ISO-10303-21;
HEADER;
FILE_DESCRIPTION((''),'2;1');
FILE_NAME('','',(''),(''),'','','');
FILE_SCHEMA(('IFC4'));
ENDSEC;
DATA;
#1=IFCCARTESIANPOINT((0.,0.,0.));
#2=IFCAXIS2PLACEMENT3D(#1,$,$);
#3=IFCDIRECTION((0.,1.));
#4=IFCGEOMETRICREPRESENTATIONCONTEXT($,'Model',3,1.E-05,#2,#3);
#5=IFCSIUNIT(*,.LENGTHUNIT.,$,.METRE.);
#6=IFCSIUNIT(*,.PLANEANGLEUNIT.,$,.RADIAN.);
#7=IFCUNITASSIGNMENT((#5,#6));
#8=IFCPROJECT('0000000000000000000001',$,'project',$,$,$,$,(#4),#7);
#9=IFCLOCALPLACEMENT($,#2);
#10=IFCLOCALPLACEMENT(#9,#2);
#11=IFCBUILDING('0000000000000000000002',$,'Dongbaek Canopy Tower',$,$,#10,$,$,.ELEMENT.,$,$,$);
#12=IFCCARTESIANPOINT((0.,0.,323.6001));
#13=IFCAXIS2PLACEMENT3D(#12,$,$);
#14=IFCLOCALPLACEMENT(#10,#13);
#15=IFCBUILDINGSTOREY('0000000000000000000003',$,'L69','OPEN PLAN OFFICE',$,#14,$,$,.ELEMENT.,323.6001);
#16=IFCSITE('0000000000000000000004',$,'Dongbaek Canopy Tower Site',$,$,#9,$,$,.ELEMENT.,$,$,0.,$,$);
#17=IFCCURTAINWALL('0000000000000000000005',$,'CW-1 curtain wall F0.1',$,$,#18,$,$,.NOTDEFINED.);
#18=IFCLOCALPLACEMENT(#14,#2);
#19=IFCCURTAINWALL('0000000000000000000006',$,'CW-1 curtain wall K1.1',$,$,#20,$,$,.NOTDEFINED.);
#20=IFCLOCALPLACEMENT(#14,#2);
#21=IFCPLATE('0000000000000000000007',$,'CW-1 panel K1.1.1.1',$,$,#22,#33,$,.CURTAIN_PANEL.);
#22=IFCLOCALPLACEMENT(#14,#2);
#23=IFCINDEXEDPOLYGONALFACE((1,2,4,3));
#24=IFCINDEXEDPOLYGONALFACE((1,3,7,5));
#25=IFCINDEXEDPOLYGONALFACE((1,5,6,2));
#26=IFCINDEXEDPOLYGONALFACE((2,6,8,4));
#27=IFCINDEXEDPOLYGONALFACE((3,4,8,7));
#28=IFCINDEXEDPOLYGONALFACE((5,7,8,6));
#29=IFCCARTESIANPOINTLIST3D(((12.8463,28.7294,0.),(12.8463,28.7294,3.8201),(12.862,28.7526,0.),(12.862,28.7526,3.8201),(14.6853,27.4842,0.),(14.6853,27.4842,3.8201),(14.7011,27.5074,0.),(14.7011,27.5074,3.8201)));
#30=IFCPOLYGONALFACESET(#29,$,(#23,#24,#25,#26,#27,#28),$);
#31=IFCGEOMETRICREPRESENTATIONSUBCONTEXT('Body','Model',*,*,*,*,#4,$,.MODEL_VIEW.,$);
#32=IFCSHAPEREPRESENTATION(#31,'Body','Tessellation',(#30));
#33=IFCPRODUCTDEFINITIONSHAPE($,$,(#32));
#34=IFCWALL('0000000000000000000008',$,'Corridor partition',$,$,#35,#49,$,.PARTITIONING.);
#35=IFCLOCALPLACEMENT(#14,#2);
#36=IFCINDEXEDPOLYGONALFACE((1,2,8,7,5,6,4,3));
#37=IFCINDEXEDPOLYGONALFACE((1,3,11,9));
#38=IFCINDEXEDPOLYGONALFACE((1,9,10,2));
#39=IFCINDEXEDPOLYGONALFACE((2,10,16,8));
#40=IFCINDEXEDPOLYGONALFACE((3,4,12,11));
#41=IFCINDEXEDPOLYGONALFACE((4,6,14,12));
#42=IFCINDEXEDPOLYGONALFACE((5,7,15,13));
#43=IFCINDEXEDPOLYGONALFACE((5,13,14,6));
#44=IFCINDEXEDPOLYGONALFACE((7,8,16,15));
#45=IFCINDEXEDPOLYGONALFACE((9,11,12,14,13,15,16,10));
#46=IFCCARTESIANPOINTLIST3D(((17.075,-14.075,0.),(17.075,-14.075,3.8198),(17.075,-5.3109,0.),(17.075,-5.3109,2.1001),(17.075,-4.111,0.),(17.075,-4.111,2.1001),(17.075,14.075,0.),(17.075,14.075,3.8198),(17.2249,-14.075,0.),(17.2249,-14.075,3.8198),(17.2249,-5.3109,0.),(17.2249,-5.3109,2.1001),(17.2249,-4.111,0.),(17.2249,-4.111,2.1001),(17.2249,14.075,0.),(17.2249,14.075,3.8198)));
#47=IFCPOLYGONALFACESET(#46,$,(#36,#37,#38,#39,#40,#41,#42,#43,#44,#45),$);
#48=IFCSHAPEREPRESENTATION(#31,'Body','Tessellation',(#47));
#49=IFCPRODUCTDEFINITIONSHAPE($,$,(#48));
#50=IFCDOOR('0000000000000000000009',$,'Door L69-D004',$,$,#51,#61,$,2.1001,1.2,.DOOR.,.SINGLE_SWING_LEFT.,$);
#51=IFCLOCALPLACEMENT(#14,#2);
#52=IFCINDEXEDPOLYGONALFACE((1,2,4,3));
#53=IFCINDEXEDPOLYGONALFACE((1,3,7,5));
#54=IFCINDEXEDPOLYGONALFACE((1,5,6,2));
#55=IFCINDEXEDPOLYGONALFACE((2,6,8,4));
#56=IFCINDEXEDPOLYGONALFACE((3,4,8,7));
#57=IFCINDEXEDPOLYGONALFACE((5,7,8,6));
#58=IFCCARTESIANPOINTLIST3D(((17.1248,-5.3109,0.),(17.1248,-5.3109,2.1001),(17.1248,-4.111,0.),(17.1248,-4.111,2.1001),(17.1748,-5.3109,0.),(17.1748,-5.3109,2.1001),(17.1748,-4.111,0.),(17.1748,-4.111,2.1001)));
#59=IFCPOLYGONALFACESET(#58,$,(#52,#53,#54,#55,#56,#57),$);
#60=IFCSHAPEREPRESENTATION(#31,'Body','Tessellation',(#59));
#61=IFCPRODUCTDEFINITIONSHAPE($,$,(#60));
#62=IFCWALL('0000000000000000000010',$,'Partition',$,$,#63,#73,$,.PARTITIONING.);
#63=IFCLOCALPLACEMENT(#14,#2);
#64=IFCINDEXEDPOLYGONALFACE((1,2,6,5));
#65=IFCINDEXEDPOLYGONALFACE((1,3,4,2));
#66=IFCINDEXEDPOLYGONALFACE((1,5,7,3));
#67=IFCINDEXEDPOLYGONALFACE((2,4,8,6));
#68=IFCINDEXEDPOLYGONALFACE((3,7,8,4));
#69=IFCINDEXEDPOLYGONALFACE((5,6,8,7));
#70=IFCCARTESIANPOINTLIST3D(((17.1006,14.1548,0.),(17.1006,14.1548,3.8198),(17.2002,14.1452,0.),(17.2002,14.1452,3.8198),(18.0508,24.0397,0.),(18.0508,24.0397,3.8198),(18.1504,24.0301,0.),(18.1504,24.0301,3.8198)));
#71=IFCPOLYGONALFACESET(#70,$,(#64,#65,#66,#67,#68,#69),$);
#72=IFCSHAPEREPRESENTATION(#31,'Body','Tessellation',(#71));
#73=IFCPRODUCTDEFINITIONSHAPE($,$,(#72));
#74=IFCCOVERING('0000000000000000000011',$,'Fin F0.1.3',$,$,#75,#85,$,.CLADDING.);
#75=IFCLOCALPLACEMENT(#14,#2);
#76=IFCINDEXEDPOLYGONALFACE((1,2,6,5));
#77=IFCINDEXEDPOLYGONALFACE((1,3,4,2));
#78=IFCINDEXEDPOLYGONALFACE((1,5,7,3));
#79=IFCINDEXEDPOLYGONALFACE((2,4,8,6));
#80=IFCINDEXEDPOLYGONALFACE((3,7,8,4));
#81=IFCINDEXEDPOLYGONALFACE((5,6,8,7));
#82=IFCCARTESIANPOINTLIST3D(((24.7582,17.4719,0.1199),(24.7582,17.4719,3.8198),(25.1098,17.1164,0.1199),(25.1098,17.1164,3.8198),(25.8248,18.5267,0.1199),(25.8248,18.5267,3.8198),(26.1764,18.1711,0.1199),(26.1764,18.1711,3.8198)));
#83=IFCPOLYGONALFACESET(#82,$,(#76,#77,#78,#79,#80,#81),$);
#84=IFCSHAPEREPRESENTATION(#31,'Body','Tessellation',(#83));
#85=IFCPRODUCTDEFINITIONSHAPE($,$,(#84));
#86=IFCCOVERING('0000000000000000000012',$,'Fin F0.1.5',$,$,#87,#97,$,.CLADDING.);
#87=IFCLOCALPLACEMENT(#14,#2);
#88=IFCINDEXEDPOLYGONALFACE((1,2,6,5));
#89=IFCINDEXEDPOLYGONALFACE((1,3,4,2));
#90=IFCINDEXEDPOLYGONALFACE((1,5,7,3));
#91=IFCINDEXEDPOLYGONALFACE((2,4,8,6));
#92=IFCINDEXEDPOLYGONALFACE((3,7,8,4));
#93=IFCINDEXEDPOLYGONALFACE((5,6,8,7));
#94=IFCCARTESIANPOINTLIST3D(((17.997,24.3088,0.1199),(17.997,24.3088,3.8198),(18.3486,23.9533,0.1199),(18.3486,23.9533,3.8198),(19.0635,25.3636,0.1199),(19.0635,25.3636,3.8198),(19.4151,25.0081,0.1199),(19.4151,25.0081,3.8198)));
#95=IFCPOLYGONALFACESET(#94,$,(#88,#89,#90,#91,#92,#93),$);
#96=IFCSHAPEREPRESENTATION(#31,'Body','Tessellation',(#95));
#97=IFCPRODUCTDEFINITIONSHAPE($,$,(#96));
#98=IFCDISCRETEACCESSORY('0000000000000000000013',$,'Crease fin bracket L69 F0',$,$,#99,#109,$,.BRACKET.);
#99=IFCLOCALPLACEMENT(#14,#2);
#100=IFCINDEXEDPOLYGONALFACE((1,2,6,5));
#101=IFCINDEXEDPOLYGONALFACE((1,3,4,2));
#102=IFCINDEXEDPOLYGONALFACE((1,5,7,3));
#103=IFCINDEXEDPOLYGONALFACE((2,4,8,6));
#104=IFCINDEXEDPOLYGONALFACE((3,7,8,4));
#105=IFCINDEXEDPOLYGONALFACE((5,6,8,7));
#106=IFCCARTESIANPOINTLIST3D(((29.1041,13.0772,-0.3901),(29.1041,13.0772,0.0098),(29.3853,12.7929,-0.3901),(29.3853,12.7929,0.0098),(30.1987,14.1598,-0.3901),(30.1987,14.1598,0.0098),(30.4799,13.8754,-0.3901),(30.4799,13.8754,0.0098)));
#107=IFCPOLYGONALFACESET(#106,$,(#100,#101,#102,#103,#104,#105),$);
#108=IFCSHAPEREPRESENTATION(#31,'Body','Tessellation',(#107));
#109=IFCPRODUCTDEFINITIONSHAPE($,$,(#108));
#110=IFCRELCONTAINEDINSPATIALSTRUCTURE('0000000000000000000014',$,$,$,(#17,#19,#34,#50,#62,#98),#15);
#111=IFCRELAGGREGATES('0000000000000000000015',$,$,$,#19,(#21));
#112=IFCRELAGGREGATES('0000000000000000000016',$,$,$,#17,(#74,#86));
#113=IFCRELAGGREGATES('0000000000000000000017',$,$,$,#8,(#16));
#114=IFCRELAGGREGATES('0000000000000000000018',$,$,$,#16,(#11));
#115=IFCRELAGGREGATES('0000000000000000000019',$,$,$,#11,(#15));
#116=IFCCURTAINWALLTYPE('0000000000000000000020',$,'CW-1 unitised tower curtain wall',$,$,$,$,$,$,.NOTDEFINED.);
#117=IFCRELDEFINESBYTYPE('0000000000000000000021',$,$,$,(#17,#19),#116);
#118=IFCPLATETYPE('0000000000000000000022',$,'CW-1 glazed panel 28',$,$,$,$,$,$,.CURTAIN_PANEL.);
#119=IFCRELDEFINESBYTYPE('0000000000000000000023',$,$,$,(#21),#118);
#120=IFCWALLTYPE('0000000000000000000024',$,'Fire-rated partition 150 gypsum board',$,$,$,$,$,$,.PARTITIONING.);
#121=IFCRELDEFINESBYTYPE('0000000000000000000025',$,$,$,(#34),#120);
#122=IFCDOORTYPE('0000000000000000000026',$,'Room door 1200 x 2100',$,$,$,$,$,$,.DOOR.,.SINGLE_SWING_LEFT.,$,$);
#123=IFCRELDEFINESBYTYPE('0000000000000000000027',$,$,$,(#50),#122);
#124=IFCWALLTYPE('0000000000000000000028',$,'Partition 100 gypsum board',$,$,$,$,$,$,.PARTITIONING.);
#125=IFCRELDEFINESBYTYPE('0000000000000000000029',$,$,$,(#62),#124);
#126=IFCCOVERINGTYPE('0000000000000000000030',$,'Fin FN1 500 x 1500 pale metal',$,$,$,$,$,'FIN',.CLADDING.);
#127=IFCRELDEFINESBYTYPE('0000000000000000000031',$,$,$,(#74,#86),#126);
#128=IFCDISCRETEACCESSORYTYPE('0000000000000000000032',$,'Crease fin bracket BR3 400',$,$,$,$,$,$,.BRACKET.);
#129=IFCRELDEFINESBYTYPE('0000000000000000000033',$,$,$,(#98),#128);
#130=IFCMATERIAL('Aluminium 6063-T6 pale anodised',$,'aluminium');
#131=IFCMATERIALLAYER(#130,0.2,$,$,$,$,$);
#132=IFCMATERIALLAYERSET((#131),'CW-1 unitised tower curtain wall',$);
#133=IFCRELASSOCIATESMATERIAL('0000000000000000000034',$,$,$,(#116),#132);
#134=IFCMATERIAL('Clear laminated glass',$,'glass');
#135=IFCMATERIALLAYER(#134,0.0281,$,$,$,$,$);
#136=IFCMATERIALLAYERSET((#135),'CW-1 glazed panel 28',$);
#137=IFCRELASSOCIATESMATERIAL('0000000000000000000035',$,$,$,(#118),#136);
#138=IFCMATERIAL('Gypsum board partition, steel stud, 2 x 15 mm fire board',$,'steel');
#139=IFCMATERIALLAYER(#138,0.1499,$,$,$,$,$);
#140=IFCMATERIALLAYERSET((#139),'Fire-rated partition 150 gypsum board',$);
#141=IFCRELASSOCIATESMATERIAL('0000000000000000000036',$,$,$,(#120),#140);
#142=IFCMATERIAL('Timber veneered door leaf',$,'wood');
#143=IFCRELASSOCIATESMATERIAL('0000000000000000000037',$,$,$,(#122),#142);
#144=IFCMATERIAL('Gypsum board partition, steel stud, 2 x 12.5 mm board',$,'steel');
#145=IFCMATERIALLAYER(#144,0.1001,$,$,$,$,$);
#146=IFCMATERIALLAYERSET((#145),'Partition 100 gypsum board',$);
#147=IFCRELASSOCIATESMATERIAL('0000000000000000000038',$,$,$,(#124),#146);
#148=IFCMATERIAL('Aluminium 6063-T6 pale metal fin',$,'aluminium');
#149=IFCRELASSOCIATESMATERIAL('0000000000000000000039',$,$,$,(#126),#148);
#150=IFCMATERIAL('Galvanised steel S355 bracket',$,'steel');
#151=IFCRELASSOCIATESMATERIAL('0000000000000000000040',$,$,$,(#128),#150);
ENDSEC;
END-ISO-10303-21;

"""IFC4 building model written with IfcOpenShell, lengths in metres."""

from ifc_helpers import new_model, si_unit, direction, frame, frame_2d, origin, origin_2d, place, context, subcontext, project, spatial, rectangle, extrude, material, layer, layer_set, material_profile, profile_set, type_object, element, fill, aggregate, save


model = new_model("IFC4")

# Units and contexts
model_context = context("Model", 3, precision=1e-05, world=origin(), true_north=direction((0.0, 1.0)))
body_context = subcontext(model_context, "Body", "Model", "MODEL_VIEW")
ifc_project = project(units=[si_unit("LENGTHUNIT", "METRE"), si_unit("PLANEANGLEUNIT", "RADIAN")], contexts=[model_context])

# Site, building, storey
site_placement = place(None, origin())
site = spatial("IfcSite", under=ifc_project, at=site_placement, Name="Dongbaek Canopy Tower Site", CompositionType="ELEMENT", RefElevation=0.0)
building_placement = place(site_placement, origin())
building = spatial("IfcBuilding", under=site, at=building_placement, Name="Dongbaek Canopy Tower", CompositionType="ELEMENT")
storey_placement = place(building_placement, frame((0.0, 0.0, 323.6001)))
storey = spatial("IfcBuildingStorey", under=building, at=storey_placement, Name="L69", Description="OPEN PLAN OFFICE", CompositionType="ELEMENT", Elevation=323.6001)

# Curtain wall
ifc_material_1 = material(Name="Aluminium 6063-T6 pale anodised", Category="aluminium")
ifc_layer_1 = layer(ifc_material_1, 0.2)
ifc_layer_set_1 = layer_set([ifc_layer_1], Name="CW-1 unitised tower curtain wall")
curtain_wall_type = type_object("IfcCurtainWallType", Name="CW-1 unitised tower curtain wall", PredefinedType="NOTDEFINED", material=ifc_layer_set_1)
curtain_wall_1_placement = place(storey_placement, origin())
curtain_wall_1 = element("IfcCurtainWall", 1, at=curtain_wall_1_placement, inside=storey, type_object=curtain_wall_type, Name="CW-1 curtain wall F0.1", PredefinedType="NOTDEFINED")

# Shared definitions
ifc_material_2 = material(Name="Clear laminated glass", Category="glass")
ifc_layer_2 = layer(ifc_material_2, 0.0281)
ifc_layer_set_2 = layer_set([ifc_layer_2], Name="CW-1 glazed panel 28")
plate_type = type_object("IfcPlateType", Name="CW-1 glazed panel 28", PredefinedType="CURTAIN_PANEL", material=ifc_layer_set_2)

# Curtain wall, plate
curtain_wall_2_placement = place(storey_placement, origin())
curtain_wall_2 = element("IfcCurtainWall", 2, at=curtain_wall_2_placement, inside=storey, type_object=curtain_wall_type, Name="CW-1 curtain wall K1.1", PredefinedType="NOTDEFINED")
plate_1_placement = place(storey_placement, frame((13.7737, 28.1184, 0.0), z_axis=(0.0, 0.0, 1.0), x_axis=(-0.828052, 0.560652, 0.0)))
plate_1 = element("IfcPlate", 3, at=plate_1_placement, type_object=plate_type, Name="CW-1 panel K1.1.1.1", PredefinedType="CURTAIN_PANEL", context=body_context, shape_type="SweptSolid", body=[
    extrude(rectangle(XDim=2.2209, YDim=0.0281, at=origin_2d()), origin(), (0.0, 0.0, 1.0), 3.8201),
])
aggregate(curtain_wall_2, [plate_1])

# Wall, opening, door
ifc_material_3 = material(Name="Gypsum board partition, steel stud, 2 x 15 mm fire board", Category="steel")
ifc_layer_3 = layer(ifc_material_3, 0.1499)
ifc_layer_set_3 = layer_set([ifc_layer_3], Name="Fire-rated partition 150 gypsum board")
wall_type_1 = type_object("IfcWallType", Name="Fire-rated partition 150 gypsum board", PredefinedType="PARTITIONING", material=ifc_layer_set_3)
wall_1_placement = place(storey_placement, frame((17.1499, 14.075, 0.0), z_axis=(0.0, 0.0, 1.0), x_axis=(0.0, -1.0, 0.0)))
wall_1 = element("IfcWall", 4, at=wall_1_placement, inside=storey, type_object=wall_type_1, Name="Corridor partition", PredefinedType="PARTITIONING", context=body_context, shape_type="SweptSolid", body=[
    extrude(rectangle(XDim=28.1499, YDim=0.1499, at=frame_2d((14.075, 0.0))), origin(), (0.0, 0.0, 1.0), 3.8198),
])
opening_placement = place(wall_1_placement, frame((18.1858, 0.0, 0.0)))
opening = element("IfcOpeningElement", 5, at=opening_placement, cuts=wall_1, PredefinedType="OPENING", context=body_context, shape_type="SweptSolid", body=[
    extrude(rectangle(XDim=1.2, YDim=2.1001, at=frame_2d((0.6001, 1.05))), frame((0.0, 0.085, 0.0), z_axis=(0.0, -1.0, 0.0), x_axis=(1.0, 0.0, 0.0)), (0.0, 0.0, 1.0), 0.1699),
])
ifc_material_4 = material(Name="Timber veneered door leaf", Category="wood")
door_type = type_object("IfcDoorType", Name="Room door 1200 x 2100", OperationType="SINGLE_SWING_LEFT", PredefinedType="DOOR", material=ifc_material_4)
door_placement = place(opening_placement, origin())
door = element("IfcDoor", 6, at=door_placement, inside=storey, type_object=door_type, Name="Door L69-D004", OperationType="SINGLE_SWING_LEFT", OverallHeight=2.1001, OverallWidth=1.2, PredefinedType="DOOR", context=body_context, shape_type="SweptSolid", body=[
    extrude(rectangle(XDim=1.2, YDim=2.1001, at=frame_2d((0.6001, 1.05))), frame((0.0, 0.0249, 0.0), z_axis=(0.0, -1.0, 0.0), x_axis=(1.0, 0.0, 0.0)), (0.0, 0.0, 1.0), 0.05),
])
fill(opening, door)

# Wall
ifc_material_5 = material(Name="Gypsum board partition, steel stud, 2 x 12.5 mm board", Category="steel")
ifc_layer_4 = layer(ifc_material_5, 0.1001)
ifc_layer_set_4 = layer_set([ifc_layer_4], Name="Partition 100 gypsum board")
wall_type_2 = type_object("IfcWallType", Name="Partition 100 gypsum board", PredefinedType="PARTITIONING", material=ifc_layer_set_4)
wall_2_placement = place(storey_placement, frame((17.1504, 14.1499, 0.0), z_axis=(0.0, 0.0, 1.0), x_axis=(0.095686, 0.995412, 0.0)))
element("IfcWall", 7, at=wall_2_placement, inside=storey, type_object=wall_type_2, Name="Partition", PredefinedType="PARTITIONING", context=body_context, shape_type="SweptSolid", body=[
    extrude(rectangle(XDim=9.9304, YDim=0.1001, at=frame_2d((4.9653, 0.0))), origin(), (0.0, 0.0, 1.0), 3.8198),
])

# Coverings
ifc_material_6 = material(Name="Aluminium 6063-T6 pale metal fin", Category="aluminium")
ifc_material_profile_1 = material_profile(ifc_material_6, rectangle(XDim=1.5, YDim=0.5, at=origin_2d()), Name="Fin FN1 500 x 1500 pale metal")
ifc_profile_set_1 = profile_set([ifc_material_profile_1], Name="Aluminium 6063-T6 pale metal fin")
covering_type = type_object("IfcCoveringType", Name="Fin FN1 500 x 1500 pale metal", ElementType="FIN", PredefinedType="CLADDING", material=ifc_profile_set_1)
covering_1_placement = place(storey_placement, frame((25.4673, 17.8215, 0.1199), z_axis=(0.0, 0.0, 1.0), x_axis=(0.711035, 0.703156, 0.0)))
covering_1 = element("IfcCovering", 8, at=covering_1_placement, type_object=covering_type, Name="Fin F0.1.3", PredefinedType="CLADDING", context=body_context, shape_type="SweptSolid", body=[
    extrude(rectangle(XDim=1.5, YDim=0.5, at=origin_2d()), origin(), (0.0, 0.0, 1.0), 3.7),
])
covering_2_placement = place(storey_placement, frame((18.7061, 24.6584, 0.1199), z_axis=(0.0, 0.0, 1.0), x_axis=(0.711035, 0.703156, 0.0)))
covering_2 = element("IfcCovering", 9, at=covering_2_placement, type_object=covering_type, Name="Fin F0.1.5", PredefinedType="CLADDING", context=body_context, shape_type="SweptSolid", body=[
    extrude(rectangle(XDim=1.5, YDim=0.5, at=origin_2d()), origin(), (0.0, 0.0, 1.0), 3.7),
])
aggregate(curtain_wall_1, [covering_1, covering_2])

# Discrete accessory
ifc_material_7 = material(Name="Galvanised steel S355 bracket", Category="steel")
discrete_accessory_type = type_object("IfcDiscreteAccessoryType", Name="Crease fin bracket BR3 400", PredefinedType="BRACKET", material=ifc_material_7)
discrete_accessory_placement = place(storey_placement, frame((29.792, 13.4763, -0.3901), z_axis=(0.0, 0.0, 1.0), x_axis=(0.711035, 0.703156, 0.0)))
element("IfcDiscreteAccessory", 10, at=discrete_accessory_placement, inside=storey, type_object=discrete_accessory_type, Name="Crease fin bracket L69 F0", PredefinedType="BRACKET", context=body_context, shape_type="SweptSolid", body=[
    extrude(rectangle(XDim=1.5396, YDim=0.3999, at=origin_2d()), origin(), (0.0, 0.0, 1.0), 0.3999),
])

save(model, "model.ifc")
